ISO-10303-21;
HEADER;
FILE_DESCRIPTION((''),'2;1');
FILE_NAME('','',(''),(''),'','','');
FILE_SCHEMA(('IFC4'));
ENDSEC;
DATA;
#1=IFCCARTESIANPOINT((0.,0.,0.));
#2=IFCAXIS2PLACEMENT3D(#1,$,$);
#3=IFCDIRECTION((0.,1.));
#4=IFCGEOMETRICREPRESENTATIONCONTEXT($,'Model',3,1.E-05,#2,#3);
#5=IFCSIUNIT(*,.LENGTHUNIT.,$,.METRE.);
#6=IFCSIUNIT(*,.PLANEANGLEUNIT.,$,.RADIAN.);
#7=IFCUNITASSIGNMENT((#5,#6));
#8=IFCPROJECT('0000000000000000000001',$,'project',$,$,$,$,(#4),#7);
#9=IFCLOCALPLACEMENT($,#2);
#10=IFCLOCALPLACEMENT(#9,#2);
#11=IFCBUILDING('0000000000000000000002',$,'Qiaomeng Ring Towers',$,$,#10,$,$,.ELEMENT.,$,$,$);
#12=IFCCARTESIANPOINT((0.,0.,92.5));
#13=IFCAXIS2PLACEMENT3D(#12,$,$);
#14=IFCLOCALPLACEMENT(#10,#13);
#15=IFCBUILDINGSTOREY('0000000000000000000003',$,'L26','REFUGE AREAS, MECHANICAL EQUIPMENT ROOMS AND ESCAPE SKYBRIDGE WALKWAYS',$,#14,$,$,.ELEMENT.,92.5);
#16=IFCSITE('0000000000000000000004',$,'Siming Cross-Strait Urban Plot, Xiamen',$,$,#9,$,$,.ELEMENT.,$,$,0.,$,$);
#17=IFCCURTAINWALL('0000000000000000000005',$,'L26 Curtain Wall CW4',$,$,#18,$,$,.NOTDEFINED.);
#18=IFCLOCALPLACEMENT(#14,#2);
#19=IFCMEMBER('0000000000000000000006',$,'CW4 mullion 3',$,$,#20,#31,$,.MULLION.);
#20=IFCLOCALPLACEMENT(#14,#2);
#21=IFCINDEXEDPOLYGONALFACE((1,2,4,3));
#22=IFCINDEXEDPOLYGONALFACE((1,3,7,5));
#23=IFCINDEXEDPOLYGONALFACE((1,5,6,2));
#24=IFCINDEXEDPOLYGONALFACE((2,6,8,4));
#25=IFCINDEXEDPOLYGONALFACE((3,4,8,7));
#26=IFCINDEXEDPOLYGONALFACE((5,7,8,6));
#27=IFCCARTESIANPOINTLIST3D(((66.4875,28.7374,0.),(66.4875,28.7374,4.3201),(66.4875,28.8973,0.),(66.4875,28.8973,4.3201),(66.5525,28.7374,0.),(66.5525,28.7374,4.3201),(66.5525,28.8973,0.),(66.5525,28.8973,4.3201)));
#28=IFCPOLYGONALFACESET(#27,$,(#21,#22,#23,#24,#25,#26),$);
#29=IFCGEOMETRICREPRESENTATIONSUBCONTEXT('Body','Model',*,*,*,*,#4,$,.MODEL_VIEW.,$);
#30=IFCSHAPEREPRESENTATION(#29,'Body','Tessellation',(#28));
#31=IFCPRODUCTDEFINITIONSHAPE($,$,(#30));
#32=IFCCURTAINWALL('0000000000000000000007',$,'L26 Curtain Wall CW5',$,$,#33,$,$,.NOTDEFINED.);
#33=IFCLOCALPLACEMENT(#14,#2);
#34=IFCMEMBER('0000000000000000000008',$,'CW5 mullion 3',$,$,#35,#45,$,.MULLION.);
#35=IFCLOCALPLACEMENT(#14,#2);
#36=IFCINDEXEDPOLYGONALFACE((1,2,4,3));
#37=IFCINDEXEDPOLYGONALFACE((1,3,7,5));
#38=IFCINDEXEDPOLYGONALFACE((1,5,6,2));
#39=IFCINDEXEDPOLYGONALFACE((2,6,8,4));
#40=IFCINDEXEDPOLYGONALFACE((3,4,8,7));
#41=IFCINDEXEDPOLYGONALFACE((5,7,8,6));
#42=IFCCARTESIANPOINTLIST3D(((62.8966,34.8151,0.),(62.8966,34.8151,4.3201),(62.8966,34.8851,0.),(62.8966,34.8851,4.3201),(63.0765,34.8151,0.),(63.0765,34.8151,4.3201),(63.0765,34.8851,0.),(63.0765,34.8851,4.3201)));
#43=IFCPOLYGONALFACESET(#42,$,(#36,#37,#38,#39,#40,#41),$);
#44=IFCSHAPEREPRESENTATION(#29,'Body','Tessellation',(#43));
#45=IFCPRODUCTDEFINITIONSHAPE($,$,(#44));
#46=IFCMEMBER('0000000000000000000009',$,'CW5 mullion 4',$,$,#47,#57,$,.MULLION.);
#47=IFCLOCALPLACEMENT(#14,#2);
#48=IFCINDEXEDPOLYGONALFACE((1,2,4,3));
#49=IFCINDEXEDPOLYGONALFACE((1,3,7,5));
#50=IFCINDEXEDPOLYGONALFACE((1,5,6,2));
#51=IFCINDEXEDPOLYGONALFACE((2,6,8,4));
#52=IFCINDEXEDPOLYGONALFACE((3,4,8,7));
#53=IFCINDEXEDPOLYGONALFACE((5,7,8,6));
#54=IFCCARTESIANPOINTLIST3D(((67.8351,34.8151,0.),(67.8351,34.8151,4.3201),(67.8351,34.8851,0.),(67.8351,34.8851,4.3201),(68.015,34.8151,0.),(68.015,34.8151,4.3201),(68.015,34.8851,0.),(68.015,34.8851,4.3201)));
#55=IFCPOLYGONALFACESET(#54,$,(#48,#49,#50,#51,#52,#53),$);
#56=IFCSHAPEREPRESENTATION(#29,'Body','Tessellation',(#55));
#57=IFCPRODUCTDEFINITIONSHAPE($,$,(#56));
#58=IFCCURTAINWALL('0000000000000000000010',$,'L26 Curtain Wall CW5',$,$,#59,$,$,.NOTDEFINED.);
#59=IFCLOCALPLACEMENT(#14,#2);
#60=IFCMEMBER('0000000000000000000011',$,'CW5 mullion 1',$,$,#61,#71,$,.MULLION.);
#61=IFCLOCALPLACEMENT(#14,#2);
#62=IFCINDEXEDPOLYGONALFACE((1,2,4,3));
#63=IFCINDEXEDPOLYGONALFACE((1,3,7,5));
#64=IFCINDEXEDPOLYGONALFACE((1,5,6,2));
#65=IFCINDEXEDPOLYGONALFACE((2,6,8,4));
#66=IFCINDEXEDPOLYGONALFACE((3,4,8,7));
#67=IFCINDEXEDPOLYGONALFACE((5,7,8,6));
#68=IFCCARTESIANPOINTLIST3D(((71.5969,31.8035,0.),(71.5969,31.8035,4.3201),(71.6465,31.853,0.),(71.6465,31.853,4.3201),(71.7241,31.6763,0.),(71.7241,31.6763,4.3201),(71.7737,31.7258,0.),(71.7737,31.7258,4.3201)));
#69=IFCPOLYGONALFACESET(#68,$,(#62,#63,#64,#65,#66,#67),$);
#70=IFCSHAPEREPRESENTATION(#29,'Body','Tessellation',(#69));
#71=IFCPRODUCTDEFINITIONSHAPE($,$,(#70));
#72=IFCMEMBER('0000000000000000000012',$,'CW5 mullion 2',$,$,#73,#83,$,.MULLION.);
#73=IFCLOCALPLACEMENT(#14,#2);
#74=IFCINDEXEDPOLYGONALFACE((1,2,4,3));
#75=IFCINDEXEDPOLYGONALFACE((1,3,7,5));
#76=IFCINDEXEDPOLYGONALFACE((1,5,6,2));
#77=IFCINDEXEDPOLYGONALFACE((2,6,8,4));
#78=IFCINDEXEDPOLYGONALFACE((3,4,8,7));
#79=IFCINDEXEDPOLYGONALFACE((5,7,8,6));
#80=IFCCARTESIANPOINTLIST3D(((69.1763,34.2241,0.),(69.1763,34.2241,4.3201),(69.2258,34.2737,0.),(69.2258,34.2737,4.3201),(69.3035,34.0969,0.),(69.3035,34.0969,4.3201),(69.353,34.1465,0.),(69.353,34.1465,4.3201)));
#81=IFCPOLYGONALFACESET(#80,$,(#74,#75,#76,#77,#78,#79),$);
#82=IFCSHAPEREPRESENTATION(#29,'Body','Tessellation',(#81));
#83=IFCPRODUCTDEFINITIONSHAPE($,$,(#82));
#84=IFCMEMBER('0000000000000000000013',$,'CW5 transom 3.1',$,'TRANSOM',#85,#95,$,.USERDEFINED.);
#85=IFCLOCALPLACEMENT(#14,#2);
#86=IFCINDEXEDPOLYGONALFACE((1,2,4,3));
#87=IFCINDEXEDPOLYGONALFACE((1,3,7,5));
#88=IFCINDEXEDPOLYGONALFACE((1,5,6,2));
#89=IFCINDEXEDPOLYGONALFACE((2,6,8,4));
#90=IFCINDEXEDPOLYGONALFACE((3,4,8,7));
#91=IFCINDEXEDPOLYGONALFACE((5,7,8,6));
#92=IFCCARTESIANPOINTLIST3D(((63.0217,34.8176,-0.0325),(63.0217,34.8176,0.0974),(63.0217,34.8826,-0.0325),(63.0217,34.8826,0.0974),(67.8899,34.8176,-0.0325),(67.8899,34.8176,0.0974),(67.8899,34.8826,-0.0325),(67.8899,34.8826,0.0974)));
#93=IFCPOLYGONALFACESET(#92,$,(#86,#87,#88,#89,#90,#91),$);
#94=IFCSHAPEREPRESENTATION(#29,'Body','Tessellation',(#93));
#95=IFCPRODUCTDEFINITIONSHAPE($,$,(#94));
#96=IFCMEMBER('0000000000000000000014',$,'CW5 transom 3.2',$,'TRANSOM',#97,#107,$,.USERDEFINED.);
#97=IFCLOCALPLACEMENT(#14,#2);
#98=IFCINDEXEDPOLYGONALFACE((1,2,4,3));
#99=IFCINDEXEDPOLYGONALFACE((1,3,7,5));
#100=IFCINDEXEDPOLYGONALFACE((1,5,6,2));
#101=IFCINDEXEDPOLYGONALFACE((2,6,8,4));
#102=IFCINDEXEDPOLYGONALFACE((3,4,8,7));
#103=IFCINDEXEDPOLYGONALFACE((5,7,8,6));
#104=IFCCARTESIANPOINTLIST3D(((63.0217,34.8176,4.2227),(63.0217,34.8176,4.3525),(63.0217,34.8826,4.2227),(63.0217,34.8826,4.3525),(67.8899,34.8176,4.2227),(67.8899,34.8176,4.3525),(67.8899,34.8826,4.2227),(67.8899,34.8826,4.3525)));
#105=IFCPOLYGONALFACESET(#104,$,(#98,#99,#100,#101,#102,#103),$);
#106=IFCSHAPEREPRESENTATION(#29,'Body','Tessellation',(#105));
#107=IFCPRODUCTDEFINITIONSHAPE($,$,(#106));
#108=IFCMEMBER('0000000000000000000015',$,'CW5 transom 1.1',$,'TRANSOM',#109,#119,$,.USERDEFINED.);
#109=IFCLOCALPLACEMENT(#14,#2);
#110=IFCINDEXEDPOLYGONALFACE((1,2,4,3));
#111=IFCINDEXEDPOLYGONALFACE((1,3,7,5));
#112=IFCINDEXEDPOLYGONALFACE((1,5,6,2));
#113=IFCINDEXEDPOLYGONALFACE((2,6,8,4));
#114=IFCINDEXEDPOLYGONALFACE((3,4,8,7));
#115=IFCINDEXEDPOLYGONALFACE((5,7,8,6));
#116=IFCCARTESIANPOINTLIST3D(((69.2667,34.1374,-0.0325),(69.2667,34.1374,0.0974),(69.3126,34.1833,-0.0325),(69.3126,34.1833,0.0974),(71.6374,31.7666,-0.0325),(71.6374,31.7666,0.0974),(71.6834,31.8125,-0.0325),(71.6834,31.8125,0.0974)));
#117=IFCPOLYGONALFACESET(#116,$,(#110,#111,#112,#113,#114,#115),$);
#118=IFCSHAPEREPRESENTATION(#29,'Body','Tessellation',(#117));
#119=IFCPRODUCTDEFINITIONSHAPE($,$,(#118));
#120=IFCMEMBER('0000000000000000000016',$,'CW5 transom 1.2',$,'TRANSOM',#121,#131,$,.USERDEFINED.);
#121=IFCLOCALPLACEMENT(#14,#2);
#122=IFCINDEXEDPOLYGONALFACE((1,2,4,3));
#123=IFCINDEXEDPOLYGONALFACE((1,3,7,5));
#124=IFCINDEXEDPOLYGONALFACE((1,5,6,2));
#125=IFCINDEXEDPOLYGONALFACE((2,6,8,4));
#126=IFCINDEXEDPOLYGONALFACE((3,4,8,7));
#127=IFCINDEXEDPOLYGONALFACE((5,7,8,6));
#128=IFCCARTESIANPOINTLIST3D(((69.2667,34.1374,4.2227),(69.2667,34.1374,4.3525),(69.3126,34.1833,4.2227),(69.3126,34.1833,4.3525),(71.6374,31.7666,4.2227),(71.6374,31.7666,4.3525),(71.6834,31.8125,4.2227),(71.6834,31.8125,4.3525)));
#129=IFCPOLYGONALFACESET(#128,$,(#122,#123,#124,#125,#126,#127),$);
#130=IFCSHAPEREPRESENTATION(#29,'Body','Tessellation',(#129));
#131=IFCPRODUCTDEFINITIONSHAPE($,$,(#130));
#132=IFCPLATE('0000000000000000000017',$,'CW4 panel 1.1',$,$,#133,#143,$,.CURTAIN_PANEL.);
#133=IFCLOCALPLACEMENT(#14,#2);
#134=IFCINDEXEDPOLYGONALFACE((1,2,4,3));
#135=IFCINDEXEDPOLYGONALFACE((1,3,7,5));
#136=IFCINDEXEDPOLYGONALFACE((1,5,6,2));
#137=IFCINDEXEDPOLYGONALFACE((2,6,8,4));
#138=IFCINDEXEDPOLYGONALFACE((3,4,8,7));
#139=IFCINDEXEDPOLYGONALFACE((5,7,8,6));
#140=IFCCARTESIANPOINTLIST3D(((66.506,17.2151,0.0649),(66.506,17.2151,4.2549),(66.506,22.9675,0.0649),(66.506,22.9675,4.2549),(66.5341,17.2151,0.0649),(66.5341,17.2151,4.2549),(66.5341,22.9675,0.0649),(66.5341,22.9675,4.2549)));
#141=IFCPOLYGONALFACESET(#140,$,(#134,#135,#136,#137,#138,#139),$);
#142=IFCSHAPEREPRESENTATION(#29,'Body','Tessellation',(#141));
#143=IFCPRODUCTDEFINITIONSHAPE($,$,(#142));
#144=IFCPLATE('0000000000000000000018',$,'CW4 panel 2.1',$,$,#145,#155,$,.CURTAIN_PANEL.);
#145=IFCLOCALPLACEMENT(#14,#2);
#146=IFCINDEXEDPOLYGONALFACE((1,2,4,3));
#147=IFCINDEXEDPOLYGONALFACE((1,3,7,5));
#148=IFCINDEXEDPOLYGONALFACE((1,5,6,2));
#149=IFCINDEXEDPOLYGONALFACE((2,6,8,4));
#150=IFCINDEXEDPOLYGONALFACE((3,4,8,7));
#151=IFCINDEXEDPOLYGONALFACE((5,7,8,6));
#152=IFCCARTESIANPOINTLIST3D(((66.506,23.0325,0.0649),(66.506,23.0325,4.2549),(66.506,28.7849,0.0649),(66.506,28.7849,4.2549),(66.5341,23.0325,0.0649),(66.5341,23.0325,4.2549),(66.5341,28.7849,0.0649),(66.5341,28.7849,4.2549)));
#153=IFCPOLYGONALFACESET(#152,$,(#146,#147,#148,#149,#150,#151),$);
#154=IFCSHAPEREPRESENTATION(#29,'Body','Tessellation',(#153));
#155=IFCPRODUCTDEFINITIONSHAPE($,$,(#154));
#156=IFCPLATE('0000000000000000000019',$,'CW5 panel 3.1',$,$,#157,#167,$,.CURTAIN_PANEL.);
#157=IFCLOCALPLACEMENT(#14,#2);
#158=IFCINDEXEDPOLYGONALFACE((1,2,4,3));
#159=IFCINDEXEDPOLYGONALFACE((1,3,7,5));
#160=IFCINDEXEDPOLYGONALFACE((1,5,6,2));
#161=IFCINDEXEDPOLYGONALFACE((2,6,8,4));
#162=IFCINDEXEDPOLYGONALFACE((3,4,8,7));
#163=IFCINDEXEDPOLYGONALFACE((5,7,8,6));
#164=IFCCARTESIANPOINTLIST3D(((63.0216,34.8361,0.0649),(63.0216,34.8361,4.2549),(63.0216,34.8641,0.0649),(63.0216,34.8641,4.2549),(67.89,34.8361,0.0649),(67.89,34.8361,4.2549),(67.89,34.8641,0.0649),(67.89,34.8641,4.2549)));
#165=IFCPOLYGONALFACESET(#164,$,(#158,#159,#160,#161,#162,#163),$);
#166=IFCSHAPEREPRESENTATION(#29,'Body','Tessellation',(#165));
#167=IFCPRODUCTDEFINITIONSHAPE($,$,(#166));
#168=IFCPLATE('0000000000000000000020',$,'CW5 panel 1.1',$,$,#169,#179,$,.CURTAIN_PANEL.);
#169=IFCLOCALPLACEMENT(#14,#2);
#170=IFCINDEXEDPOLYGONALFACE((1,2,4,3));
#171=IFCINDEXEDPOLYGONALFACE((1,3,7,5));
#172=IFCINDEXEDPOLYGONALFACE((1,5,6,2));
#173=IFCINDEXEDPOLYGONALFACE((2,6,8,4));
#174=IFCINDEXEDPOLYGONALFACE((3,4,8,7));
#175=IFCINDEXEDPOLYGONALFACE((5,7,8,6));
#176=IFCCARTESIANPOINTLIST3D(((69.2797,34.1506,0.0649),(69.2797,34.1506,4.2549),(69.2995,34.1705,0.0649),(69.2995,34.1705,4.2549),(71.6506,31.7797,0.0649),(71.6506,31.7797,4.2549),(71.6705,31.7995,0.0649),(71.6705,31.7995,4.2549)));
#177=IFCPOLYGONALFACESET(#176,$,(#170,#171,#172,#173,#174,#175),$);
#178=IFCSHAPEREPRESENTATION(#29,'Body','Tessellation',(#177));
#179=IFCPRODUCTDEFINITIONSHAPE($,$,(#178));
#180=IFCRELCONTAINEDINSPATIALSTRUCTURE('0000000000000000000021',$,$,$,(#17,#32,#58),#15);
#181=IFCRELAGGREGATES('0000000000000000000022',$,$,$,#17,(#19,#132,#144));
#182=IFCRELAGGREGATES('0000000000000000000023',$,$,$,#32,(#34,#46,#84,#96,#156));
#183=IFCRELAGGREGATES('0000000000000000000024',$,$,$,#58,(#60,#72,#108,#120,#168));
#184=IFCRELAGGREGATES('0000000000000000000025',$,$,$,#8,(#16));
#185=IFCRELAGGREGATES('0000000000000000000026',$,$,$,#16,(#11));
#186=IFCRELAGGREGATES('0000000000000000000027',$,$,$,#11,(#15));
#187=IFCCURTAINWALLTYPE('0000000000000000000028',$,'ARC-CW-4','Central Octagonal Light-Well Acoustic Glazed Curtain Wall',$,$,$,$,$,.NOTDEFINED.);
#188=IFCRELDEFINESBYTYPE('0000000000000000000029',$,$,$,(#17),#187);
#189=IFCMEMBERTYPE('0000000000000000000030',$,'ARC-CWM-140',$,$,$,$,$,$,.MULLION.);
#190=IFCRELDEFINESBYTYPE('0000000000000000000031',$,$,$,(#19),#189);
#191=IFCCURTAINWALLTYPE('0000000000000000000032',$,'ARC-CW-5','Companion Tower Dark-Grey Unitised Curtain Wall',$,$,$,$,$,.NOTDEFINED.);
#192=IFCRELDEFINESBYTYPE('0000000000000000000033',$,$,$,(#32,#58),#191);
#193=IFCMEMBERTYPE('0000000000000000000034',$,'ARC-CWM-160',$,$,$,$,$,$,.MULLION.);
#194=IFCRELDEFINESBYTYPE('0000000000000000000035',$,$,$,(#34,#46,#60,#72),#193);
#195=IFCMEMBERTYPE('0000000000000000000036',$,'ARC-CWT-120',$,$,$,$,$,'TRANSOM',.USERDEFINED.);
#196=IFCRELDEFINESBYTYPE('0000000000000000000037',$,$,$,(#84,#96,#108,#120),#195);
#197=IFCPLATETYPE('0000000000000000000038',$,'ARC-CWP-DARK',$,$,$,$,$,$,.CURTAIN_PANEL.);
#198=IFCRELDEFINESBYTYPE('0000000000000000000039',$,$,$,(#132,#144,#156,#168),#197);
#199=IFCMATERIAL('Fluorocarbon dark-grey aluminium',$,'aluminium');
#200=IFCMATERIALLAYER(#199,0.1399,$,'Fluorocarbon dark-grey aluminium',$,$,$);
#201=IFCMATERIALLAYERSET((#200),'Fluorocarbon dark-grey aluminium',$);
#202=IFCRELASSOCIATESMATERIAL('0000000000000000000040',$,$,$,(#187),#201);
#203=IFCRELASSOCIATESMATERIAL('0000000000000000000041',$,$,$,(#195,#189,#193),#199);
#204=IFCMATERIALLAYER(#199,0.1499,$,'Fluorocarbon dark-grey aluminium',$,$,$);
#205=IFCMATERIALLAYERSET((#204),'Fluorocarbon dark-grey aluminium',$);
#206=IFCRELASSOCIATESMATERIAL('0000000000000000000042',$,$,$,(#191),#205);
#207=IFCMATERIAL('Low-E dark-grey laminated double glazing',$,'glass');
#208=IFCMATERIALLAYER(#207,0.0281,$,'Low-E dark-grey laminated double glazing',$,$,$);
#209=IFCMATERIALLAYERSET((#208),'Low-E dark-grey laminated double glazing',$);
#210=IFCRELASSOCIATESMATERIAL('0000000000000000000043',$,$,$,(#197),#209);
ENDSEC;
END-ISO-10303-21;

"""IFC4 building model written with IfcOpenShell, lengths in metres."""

from ifc_helpers import new_model, si_unit, direction, frame, origin, origin_2d, place, context, subcontext, project, spatial, rectangle, extrude, source, transform, mapped, material, layer, layer_set, material_profile, profile_set, type_object, element, aggregate, save


model = new_model("IFC4")

# Units and contexts
model_context = context("Model", 3, precision=1e-05, world=origin(), true_north=direction((0.0, 1.0)))
body_context = subcontext(model_context, "Body", "Model", "MODEL_VIEW")
ifc_project = project(units=[si_unit("LENGTHUNIT", "METRE"), si_unit("PLANEANGLEUNIT", "RADIAN")], contexts=[model_context])

# Site, building, storey
site_placement = place(None, origin())
site = spatial("IfcSite", under=ifc_project, at=site_placement, Name="Siming Cross-Strait Urban Plot, Xiamen", CompositionType="ELEMENT", RefElevation=0.0)
building_placement = place(site_placement, origin())
building = spatial("IfcBuilding", under=site, at=building_placement, Name="Qiaomeng Ring Towers", CompositionType="ELEMENT")
storey_placement = place(building_placement, frame((0.0, 0.0, 92.5)))
storey = spatial("IfcBuildingStorey", under=building, at=storey_placement, Name="L26", Description="REFUGE AREAS, MECHANICAL EQUIPMENT ROOMS AND ESCAPE SKYBRIDGE WALKWAYS", CompositionType="ELEMENT", Elevation=92.5)

# Curtain walls, members
ifc_material_1 = material(Name="Fluorocarbon dark-grey aluminium", Category="aluminium")
ifc_layer_1 = layer(ifc_material_1, 0.1399, Name="Fluorocarbon dark-grey aluminium")
ifc_layer_set_1 = layer_set([ifc_layer_1], Name="Fluorocarbon dark-grey aluminium")
curtain_wall_type_1 = type_object("IfcCurtainWallType", Name="ARC-CW-4", Description="Central Octagonal Light-Well Acoustic Glazed Curtain Wall", PredefinedType="NOTDEFINED", material=ifc_layer_set_1)
curtain_wall_1_placement = place(storey_placement, origin())
curtain_wall_1 = element("IfcCurtainWall", 1, at=curtain_wall_1_placement, inside=storey, type_object=curtain_wall_type_1, Name="L26 Curtain Wall CW4", PredefinedType="NOTDEFINED")
ifc_material_profile_1 = material_profile(ifc_material_1, rectangle(XDim=0.0649, YDim=0.1299, at=origin_2d()), Name="ALU TRAN 65x130")
ifc_profile_set_1 = profile_set([ifc_material_profile_1], Name="Fluorocarbon dark-grey aluminium")
member_type_1 = type_object("IfcMemberType", Name="ARC-CWT-120", ElementType="TRANSOM", PredefinedType="USERDEFINED", material=ifc_profile_set_1)
ifc_material_profile_2 = material_profile(ifc_material_1, rectangle(XDim=0.0649, YDim=0.1599, at=origin_2d()), Name="ALU MULL 65x160")
ifc_profile_set_2 = profile_set([ifc_material_profile_2], Name="Fluorocarbon dark-grey aluminium")
member_type_2 = type_object("IfcMemberType", Name="ARC-CWM-140", PredefinedType="MULLION", material=ifc_profile_set_2)
shared_shape_1 = source(origin(), body_context, "Body", "SweptSolid", [
    extrude(rectangle(XDim=0.0649, YDim=0.1599, at=origin_2d()), origin(), (0.0, 0.0, 1.0), 4.3201),
])
member_1_placement = place(storey_placement, frame((66.52, 28.8174, 0.0), z_axis=(0.0, 0.0, 1.0), x_axis=(-1.0, 0.0, 0.0)))
member_1 = element("IfcMember", 2, at=member_1_placement, type_object=member_type_2, Name="CW4 mullion 3", PredefinedType="MULLION", context=body_context, shape_type="MappedRepresentation", body=[
    mapped(shared_shape_1, transform((0.0, 0.0, 0.0), x_axis=(1.0, 0.0, 0.0), y_axis=(0.0, 1.0, 0.0), z_axis=(0.0, 0.0, 1.0), scale=1.0)),
])
ifc_layer_2 = layer(ifc_material_1, 0.1499, Name="Fluorocarbon dark-grey aluminium")
ifc_layer_set_2 = layer_set([ifc_layer_2], Name="Fluorocarbon dark-grey aluminium")
curtain_wall_type_2 = type_object("IfcCurtainWallType", Name="ARC-CW-5", Description="Companion Tower Dark-Grey Unitised Curtain Wall", PredefinedType="NOTDEFINED", material=ifc_layer_set_2)
curtain_wall_2_placement = place(storey_placement, origin())
curtain_wall_2 = element("IfcCurtainWall", 3, at=curtain_wall_2_placement, inside=storey, type_object=curtain_wall_type_2, Name="L26 Curtain Wall CW5", PredefinedType="NOTDEFINED")
ifc_material_profile_3 = material_profile(ifc_material_1, rectangle(XDim=0.0701, YDim=0.1799, at=origin_2d()), Name="ALU MULL 70x180")
ifc_profile_set_3 = profile_set([ifc_material_profile_3], Name="Fluorocarbon dark-grey aluminium")
member_type_3 = type_object("IfcMemberType", Name="ARC-CWM-160", PredefinedType="MULLION", material=ifc_profile_set_3)
shared_shape_2 = source(origin(), body_context, "Body", "SweptSolid", [
    extrude(rectangle(XDim=0.0701, YDim=0.1799, at=origin_2d()), origin(), (0.0, 0.0, 1.0), 4.3201),
])
member_2_placement = place(storey_placement, frame((62.9866, 34.8501, 0.0), z_axis=(0.0, 0.0, 1.0), x_axis=(0.0, 1.0, 0.0)))
member_2 = element("IfcMember", 4, at=member_2_placement, type_object=member_type_3, Name="CW5 mullion 3", PredefinedType="MULLION", context=body_context, shape_type="MappedRepresentation", body=[
    mapped(shared_shape_2, transform((0.0, 0.0, 0.0), x_axis=(1.0, 0.0, 0.0), y_axis=(0.0, 1.0, 0.0), z_axis=(0.0, 0.0, 1.0), scale=1.0)),
])
member_3_placement = place(storey_placement, frame((67.925, 34.8501, 0.0), z_axis=(0.0, 0.0, 1.0), x_axis=(0.0, 1.0, 0.0)))
member_3 = element("IfcMember", 5, at=member_3_placement, type_object=member_type_3, Name="CW5 mullion 4", PredefinedType="MULLION", context=body_context, shape_type="MappedRepresentation", body=[
    mapped(shared_shape_2, transform((0.0, 0.0, 0.0), x_axis=(1.0, 0.0, 0.0), y_axis=(0.0, 1.0, 0.0), z_axis=(0.0, 0.0, 1.0), scale=1.0)),
])
curtain_wall_3_placement = place(storey_placement, origin())
curtain_wall_3 = element("IfcCurtainWall", 6, at=curtain_wall_3_placement, inside=storey, type_object=curtain_wall_type_2, Name="L26 Curtain Wall CW5", PredefinedType="NOTDEFINED")
member_4_placement = place(storey_placement, frame((71.6853, 31.7646, 0.0), z_axis=(0.0, 0.0, 1.0), x_axis=(-0.707107, -0.707107, 0.0)))
member_4 = element("IfcMember", 7, at=member_4_placement, type_object=member_type_3, Name="CW5 mullion 1", PredefinedType="MULLION", context=body_context, shape_type="MappedRepresentation", body=[
    mapped(shared_shape_2, transform((0.0, 0.0, 0.0), x_axis=(1.0, 0.0, 0.0), y_axis=(0.0, 1.0, 0.0), z_axis=(0.0, 0.0, 1.0), scale=1.0)),
])
member_5_placement = place(storey_placement, frame((69.2646, 34.1853, 0.0), z_axis=(0.0, 0.0, 1.0), x_axis=(-0.707107, -0.707107, 0.0)))
member_5 = element("IfcMember", 8, at=member_5_placement, type_object=member_type_3, Name="CW5 mullion 2", PredefinedType="MULLION", context=body_context, shape_type="MappedRepresentation", body=[
    mapped(shared_shape_2, transform((0.0, 0.0, 0.0), x_axis=(1.0, 0.0, 0.0), y_axis=(0.0, 1.0, 0.0), z_axis=(0.0, 0.0, 1.0), scale=1.0)),
])

# Members
shared_shape_3 = source(origin(), body_context, "Body", "SweptSolid", [
    extrude(rectangle(XDim=0.0649, YDim=0.1299, at=origin_2d()), origin(), (0.0, 0.0, 1.0), 4.8682),
])
member_6_placement = place(storey_placement, frame((63.0217, 34.8501, 0.0325), z_axis=(1.0, 0.0, 0.0), x_axis=(0.0, 1.0, 0.0)))
member_6 = element("IfcMember", 9, at=member_6_placement, type_object=member_type_1, Name="CW5 transom 3.1", ObjectType="TRANSOM", PredefinedType="USERDEFINED", context=body_context, shape_type="MappedRepresentation", body=[
    mapped(shared_shape_3, transform((0.0, 0.0, 0.0), x_axis=(1.0, 0.0, 0.0), y_axis=(0.0, 1.0, 0.0), z_axis=(0.0, 0.0, 1.0), scale=1.0)),
])
member_7_placement = place(storey_placement, frame((63.0217, 34.8501, 4.2876), z_axis=(1.0, 0.0, 0.0), x_axis=(0.0, 1.0, 0.0)))
member_7 = element("IfcMember", 10, at=member_7_placement, type_object=member_type_1, Name="CW5 transom 3.2", ObjectType="TRANSOM", PredefinedType="USERDEFINED", context=body_context, shape_type="MappedRepresentation", body=[
    mapped(shared_shape_3, transform((0.0, 0.0, 0.0), x_axis=(1.0, 0.0, 0.0), y_axis=(0.0, 1.0, 0.0), z_axis=(0.0, 0.0, 1.0), scale=1.0)),
])
shared_shape_4 = source(origin(), body_context, "Body", "SweptSolid", [
    extrude(rectangle(XDim=0.0649, YDim=0.1299, at=origin_2d()), origin(), (0.0, 0.0, 1.0), 3.3528),
])
member_8_placement = place(storey_placement, frame((71.6604, 31.7896, 0.0325), z_axis=(-0.707107, 0.707107, 0.0), x_axis=(-0.707107, -0.707107, 0.0)))
member_8 = element("IfcMember", 11, at=member_8_placement, type_object=member_type_1, Name="CW5 transom 1.1", ObjectType="TRANSOM", PredefinedType="USERDEFINED", context=body_context, shape_type="MappedRepresentation", body=[
    mapped(shared_shape_4, transform((0.0, 0.0, 0.0), x_axis=(1.0, 0.0, 0.0), y_axis=(0.0, 1.0, 0.0), z_axis=(0.0, 0.0, 1.0), scale=1.0)),
])
member_9_placement = place(storey_placement, frame((71.6604, 31.7896, 4.2876), z_axis=(-0.707107, 0.707107, 0.0), x_axis=(-0.707107, -0.707107, 0.0)))
member_9 = element("IfcMember", 12, at=member_9_placement, type_object=member_type_1, Name="CW5 transom 1.2", ObjectType="TRANSOM", PredefinedType="USERDEFINED", context=body_context, shape_type="MappedRepresentation", body=[
    mapped(shared_shape_4, transform((0.0, 0.0, 0.0), x_axis=(1.0, 0.0, 0.0), y_axis=(0.0, 1.0, 0.0), z_axis=(0.0, 0.0, 1.0), scale=1.0)),
])

# Plates
ifc_material_2 = material(Name="Low-E dark-grey laminated double glazing", Category="glass")
ifc_layer_3 = layer(ifc_material_2, 0.0281, Name="Low-E dark-grey laminated double glazing")
ifc_layer_set_3 = layer_set([ifc_layer_3], Name="Low-E dark-grey laminated double glazing")
plate_type = type_object("IfcPlateType", Name="ARC-CWP-DARK", PredefinedType="CURTAIN_PANEL", material=ifc_layer_set_3)
shared_shape_5 = source(origin(), body_context, "Body", "SweptSolid", [
    extrude(rectangle(XDim=5.7524, YDim=0.0281, at=origin_2d()), origin(), (0.0, 0.0, 1.0), 4.1899),
])
plate_1_placement = place(storey_placement, frame((66.52, 20.0913, 0.0649), z_axis=(0.0, 0.0, 1.0), x_axis=(0.0, 1.0, 0.0)))
plate_1 = element("IfcPlate", 13, at=plate_1_placement, type_object=plate_type, Name="CW4 panel 1.1", PredefinedType="CURTAIN_PANEL", context=body_context, shape_type="MappedRepresentation", body=[
    mapped(shared_shape_5, transform((0.0, 0.0, 0.0), x_axis=(1.0, 0.0, 0.0), y_axis=(0.0, 1.0, 0.0), z_axis=(0.0, 0.0, 1.0), scale=1.0)),
])
plate_2_placement = place(storey_placement, frame((66.52, 25.9087, 0.0649), z_axis=(0.0, 0.0, 1.0), x_axis=(0.0, 1.0, 0.0)))
plate_2 = element("IfcPlate", 14, at=plate_2_placement, type_object=plate_type, Name="CW4 panel 2.1", PredefinedType="CURTAIN_PANEL", context=body_context, shape_type="MappedRepresentation", body=[
    mapped(shared_shape_5, transform((0.0, 0.0, 0.0), x_axis=(1.0, 0.0, 0.0), y_axis=(0.0, 1.0, 0.0), z_axis=(0.0, 0.0, 1.0), scale=1.0)),
])
aggregate(curtain_wall_1, [member_1, plate_1, plate_2])
shared_shape_6 = source(origin(), body_context, "Body", "SweptSolid", [
    extrude(rectangle(XDim=4.8684, YDim=0.0281, at=origin_2d()), origin(), (0.0, 0.0, 1.0), 4.1899),
])
plate_3_placement = place(storey_placement, frame((65.4558, 34.8501, 0.0649), z_axis=(0.0, 0.0, 1.0), x_axis=(1.0, 0.0, 0.0)))
plate_3 = element("IfcPlate", 15, at=plate_3_placement, type_object=plate_type, Name="CW5 panel 3.1", PredefinedType="CURTAIN_PANEL", context=body_context, shape_type="MappedRepresentation", body=[
    mapped(shared_shape_6, transform((0.0, 0.0, 0.0), x_axis=(1.0, 0.0, 0.0), y_axis=(0.0, 1.0, 0.0), z_axis=(0.0, 0.0, 1.0), scale=1.0)),
])
aggregate(curtain_wall_2, [member_2, member_3, member_6, member_7, plate_3])
shared_shape_7 = source(origin(), body_context, "Body", "SweptSolid", [
    extrude(rectangle(XDim=3.353, YDim=0.0281, at=origin_2d()), origin(), (0.0, 0.0, 1.0), 4.1899),
])
plate_4_placement = place(storey_placement, frame((70.4751, 32.9751, 0.0649), z_axis=(0.0, 0.0, 1.0), x_axis=(-0.707107, 0.707107, 0.0)))
plate_4 = element("IfcPlate", 16, at=plate_4_placement, type_object=plate_type, Name="CW5 panel 1.1", PredefinedType="CURTAIN_PANEL", context=body_context, shape_type="MappedRepresentation", body=[
    mapped(shared_shape_7, transform((0.0, 0.0, 0.0), x_axis=(1.0, 0.0, 0.0), y_axis=(0.0, 1.0, 0.0), z_axis=(0.0, 0.0, 1.0), scale=1.0)),
])
aggregate(curtain_wall_3, [member_4, member_5, member_8, member_9, plate_4])

save(model, "model.ifc")
